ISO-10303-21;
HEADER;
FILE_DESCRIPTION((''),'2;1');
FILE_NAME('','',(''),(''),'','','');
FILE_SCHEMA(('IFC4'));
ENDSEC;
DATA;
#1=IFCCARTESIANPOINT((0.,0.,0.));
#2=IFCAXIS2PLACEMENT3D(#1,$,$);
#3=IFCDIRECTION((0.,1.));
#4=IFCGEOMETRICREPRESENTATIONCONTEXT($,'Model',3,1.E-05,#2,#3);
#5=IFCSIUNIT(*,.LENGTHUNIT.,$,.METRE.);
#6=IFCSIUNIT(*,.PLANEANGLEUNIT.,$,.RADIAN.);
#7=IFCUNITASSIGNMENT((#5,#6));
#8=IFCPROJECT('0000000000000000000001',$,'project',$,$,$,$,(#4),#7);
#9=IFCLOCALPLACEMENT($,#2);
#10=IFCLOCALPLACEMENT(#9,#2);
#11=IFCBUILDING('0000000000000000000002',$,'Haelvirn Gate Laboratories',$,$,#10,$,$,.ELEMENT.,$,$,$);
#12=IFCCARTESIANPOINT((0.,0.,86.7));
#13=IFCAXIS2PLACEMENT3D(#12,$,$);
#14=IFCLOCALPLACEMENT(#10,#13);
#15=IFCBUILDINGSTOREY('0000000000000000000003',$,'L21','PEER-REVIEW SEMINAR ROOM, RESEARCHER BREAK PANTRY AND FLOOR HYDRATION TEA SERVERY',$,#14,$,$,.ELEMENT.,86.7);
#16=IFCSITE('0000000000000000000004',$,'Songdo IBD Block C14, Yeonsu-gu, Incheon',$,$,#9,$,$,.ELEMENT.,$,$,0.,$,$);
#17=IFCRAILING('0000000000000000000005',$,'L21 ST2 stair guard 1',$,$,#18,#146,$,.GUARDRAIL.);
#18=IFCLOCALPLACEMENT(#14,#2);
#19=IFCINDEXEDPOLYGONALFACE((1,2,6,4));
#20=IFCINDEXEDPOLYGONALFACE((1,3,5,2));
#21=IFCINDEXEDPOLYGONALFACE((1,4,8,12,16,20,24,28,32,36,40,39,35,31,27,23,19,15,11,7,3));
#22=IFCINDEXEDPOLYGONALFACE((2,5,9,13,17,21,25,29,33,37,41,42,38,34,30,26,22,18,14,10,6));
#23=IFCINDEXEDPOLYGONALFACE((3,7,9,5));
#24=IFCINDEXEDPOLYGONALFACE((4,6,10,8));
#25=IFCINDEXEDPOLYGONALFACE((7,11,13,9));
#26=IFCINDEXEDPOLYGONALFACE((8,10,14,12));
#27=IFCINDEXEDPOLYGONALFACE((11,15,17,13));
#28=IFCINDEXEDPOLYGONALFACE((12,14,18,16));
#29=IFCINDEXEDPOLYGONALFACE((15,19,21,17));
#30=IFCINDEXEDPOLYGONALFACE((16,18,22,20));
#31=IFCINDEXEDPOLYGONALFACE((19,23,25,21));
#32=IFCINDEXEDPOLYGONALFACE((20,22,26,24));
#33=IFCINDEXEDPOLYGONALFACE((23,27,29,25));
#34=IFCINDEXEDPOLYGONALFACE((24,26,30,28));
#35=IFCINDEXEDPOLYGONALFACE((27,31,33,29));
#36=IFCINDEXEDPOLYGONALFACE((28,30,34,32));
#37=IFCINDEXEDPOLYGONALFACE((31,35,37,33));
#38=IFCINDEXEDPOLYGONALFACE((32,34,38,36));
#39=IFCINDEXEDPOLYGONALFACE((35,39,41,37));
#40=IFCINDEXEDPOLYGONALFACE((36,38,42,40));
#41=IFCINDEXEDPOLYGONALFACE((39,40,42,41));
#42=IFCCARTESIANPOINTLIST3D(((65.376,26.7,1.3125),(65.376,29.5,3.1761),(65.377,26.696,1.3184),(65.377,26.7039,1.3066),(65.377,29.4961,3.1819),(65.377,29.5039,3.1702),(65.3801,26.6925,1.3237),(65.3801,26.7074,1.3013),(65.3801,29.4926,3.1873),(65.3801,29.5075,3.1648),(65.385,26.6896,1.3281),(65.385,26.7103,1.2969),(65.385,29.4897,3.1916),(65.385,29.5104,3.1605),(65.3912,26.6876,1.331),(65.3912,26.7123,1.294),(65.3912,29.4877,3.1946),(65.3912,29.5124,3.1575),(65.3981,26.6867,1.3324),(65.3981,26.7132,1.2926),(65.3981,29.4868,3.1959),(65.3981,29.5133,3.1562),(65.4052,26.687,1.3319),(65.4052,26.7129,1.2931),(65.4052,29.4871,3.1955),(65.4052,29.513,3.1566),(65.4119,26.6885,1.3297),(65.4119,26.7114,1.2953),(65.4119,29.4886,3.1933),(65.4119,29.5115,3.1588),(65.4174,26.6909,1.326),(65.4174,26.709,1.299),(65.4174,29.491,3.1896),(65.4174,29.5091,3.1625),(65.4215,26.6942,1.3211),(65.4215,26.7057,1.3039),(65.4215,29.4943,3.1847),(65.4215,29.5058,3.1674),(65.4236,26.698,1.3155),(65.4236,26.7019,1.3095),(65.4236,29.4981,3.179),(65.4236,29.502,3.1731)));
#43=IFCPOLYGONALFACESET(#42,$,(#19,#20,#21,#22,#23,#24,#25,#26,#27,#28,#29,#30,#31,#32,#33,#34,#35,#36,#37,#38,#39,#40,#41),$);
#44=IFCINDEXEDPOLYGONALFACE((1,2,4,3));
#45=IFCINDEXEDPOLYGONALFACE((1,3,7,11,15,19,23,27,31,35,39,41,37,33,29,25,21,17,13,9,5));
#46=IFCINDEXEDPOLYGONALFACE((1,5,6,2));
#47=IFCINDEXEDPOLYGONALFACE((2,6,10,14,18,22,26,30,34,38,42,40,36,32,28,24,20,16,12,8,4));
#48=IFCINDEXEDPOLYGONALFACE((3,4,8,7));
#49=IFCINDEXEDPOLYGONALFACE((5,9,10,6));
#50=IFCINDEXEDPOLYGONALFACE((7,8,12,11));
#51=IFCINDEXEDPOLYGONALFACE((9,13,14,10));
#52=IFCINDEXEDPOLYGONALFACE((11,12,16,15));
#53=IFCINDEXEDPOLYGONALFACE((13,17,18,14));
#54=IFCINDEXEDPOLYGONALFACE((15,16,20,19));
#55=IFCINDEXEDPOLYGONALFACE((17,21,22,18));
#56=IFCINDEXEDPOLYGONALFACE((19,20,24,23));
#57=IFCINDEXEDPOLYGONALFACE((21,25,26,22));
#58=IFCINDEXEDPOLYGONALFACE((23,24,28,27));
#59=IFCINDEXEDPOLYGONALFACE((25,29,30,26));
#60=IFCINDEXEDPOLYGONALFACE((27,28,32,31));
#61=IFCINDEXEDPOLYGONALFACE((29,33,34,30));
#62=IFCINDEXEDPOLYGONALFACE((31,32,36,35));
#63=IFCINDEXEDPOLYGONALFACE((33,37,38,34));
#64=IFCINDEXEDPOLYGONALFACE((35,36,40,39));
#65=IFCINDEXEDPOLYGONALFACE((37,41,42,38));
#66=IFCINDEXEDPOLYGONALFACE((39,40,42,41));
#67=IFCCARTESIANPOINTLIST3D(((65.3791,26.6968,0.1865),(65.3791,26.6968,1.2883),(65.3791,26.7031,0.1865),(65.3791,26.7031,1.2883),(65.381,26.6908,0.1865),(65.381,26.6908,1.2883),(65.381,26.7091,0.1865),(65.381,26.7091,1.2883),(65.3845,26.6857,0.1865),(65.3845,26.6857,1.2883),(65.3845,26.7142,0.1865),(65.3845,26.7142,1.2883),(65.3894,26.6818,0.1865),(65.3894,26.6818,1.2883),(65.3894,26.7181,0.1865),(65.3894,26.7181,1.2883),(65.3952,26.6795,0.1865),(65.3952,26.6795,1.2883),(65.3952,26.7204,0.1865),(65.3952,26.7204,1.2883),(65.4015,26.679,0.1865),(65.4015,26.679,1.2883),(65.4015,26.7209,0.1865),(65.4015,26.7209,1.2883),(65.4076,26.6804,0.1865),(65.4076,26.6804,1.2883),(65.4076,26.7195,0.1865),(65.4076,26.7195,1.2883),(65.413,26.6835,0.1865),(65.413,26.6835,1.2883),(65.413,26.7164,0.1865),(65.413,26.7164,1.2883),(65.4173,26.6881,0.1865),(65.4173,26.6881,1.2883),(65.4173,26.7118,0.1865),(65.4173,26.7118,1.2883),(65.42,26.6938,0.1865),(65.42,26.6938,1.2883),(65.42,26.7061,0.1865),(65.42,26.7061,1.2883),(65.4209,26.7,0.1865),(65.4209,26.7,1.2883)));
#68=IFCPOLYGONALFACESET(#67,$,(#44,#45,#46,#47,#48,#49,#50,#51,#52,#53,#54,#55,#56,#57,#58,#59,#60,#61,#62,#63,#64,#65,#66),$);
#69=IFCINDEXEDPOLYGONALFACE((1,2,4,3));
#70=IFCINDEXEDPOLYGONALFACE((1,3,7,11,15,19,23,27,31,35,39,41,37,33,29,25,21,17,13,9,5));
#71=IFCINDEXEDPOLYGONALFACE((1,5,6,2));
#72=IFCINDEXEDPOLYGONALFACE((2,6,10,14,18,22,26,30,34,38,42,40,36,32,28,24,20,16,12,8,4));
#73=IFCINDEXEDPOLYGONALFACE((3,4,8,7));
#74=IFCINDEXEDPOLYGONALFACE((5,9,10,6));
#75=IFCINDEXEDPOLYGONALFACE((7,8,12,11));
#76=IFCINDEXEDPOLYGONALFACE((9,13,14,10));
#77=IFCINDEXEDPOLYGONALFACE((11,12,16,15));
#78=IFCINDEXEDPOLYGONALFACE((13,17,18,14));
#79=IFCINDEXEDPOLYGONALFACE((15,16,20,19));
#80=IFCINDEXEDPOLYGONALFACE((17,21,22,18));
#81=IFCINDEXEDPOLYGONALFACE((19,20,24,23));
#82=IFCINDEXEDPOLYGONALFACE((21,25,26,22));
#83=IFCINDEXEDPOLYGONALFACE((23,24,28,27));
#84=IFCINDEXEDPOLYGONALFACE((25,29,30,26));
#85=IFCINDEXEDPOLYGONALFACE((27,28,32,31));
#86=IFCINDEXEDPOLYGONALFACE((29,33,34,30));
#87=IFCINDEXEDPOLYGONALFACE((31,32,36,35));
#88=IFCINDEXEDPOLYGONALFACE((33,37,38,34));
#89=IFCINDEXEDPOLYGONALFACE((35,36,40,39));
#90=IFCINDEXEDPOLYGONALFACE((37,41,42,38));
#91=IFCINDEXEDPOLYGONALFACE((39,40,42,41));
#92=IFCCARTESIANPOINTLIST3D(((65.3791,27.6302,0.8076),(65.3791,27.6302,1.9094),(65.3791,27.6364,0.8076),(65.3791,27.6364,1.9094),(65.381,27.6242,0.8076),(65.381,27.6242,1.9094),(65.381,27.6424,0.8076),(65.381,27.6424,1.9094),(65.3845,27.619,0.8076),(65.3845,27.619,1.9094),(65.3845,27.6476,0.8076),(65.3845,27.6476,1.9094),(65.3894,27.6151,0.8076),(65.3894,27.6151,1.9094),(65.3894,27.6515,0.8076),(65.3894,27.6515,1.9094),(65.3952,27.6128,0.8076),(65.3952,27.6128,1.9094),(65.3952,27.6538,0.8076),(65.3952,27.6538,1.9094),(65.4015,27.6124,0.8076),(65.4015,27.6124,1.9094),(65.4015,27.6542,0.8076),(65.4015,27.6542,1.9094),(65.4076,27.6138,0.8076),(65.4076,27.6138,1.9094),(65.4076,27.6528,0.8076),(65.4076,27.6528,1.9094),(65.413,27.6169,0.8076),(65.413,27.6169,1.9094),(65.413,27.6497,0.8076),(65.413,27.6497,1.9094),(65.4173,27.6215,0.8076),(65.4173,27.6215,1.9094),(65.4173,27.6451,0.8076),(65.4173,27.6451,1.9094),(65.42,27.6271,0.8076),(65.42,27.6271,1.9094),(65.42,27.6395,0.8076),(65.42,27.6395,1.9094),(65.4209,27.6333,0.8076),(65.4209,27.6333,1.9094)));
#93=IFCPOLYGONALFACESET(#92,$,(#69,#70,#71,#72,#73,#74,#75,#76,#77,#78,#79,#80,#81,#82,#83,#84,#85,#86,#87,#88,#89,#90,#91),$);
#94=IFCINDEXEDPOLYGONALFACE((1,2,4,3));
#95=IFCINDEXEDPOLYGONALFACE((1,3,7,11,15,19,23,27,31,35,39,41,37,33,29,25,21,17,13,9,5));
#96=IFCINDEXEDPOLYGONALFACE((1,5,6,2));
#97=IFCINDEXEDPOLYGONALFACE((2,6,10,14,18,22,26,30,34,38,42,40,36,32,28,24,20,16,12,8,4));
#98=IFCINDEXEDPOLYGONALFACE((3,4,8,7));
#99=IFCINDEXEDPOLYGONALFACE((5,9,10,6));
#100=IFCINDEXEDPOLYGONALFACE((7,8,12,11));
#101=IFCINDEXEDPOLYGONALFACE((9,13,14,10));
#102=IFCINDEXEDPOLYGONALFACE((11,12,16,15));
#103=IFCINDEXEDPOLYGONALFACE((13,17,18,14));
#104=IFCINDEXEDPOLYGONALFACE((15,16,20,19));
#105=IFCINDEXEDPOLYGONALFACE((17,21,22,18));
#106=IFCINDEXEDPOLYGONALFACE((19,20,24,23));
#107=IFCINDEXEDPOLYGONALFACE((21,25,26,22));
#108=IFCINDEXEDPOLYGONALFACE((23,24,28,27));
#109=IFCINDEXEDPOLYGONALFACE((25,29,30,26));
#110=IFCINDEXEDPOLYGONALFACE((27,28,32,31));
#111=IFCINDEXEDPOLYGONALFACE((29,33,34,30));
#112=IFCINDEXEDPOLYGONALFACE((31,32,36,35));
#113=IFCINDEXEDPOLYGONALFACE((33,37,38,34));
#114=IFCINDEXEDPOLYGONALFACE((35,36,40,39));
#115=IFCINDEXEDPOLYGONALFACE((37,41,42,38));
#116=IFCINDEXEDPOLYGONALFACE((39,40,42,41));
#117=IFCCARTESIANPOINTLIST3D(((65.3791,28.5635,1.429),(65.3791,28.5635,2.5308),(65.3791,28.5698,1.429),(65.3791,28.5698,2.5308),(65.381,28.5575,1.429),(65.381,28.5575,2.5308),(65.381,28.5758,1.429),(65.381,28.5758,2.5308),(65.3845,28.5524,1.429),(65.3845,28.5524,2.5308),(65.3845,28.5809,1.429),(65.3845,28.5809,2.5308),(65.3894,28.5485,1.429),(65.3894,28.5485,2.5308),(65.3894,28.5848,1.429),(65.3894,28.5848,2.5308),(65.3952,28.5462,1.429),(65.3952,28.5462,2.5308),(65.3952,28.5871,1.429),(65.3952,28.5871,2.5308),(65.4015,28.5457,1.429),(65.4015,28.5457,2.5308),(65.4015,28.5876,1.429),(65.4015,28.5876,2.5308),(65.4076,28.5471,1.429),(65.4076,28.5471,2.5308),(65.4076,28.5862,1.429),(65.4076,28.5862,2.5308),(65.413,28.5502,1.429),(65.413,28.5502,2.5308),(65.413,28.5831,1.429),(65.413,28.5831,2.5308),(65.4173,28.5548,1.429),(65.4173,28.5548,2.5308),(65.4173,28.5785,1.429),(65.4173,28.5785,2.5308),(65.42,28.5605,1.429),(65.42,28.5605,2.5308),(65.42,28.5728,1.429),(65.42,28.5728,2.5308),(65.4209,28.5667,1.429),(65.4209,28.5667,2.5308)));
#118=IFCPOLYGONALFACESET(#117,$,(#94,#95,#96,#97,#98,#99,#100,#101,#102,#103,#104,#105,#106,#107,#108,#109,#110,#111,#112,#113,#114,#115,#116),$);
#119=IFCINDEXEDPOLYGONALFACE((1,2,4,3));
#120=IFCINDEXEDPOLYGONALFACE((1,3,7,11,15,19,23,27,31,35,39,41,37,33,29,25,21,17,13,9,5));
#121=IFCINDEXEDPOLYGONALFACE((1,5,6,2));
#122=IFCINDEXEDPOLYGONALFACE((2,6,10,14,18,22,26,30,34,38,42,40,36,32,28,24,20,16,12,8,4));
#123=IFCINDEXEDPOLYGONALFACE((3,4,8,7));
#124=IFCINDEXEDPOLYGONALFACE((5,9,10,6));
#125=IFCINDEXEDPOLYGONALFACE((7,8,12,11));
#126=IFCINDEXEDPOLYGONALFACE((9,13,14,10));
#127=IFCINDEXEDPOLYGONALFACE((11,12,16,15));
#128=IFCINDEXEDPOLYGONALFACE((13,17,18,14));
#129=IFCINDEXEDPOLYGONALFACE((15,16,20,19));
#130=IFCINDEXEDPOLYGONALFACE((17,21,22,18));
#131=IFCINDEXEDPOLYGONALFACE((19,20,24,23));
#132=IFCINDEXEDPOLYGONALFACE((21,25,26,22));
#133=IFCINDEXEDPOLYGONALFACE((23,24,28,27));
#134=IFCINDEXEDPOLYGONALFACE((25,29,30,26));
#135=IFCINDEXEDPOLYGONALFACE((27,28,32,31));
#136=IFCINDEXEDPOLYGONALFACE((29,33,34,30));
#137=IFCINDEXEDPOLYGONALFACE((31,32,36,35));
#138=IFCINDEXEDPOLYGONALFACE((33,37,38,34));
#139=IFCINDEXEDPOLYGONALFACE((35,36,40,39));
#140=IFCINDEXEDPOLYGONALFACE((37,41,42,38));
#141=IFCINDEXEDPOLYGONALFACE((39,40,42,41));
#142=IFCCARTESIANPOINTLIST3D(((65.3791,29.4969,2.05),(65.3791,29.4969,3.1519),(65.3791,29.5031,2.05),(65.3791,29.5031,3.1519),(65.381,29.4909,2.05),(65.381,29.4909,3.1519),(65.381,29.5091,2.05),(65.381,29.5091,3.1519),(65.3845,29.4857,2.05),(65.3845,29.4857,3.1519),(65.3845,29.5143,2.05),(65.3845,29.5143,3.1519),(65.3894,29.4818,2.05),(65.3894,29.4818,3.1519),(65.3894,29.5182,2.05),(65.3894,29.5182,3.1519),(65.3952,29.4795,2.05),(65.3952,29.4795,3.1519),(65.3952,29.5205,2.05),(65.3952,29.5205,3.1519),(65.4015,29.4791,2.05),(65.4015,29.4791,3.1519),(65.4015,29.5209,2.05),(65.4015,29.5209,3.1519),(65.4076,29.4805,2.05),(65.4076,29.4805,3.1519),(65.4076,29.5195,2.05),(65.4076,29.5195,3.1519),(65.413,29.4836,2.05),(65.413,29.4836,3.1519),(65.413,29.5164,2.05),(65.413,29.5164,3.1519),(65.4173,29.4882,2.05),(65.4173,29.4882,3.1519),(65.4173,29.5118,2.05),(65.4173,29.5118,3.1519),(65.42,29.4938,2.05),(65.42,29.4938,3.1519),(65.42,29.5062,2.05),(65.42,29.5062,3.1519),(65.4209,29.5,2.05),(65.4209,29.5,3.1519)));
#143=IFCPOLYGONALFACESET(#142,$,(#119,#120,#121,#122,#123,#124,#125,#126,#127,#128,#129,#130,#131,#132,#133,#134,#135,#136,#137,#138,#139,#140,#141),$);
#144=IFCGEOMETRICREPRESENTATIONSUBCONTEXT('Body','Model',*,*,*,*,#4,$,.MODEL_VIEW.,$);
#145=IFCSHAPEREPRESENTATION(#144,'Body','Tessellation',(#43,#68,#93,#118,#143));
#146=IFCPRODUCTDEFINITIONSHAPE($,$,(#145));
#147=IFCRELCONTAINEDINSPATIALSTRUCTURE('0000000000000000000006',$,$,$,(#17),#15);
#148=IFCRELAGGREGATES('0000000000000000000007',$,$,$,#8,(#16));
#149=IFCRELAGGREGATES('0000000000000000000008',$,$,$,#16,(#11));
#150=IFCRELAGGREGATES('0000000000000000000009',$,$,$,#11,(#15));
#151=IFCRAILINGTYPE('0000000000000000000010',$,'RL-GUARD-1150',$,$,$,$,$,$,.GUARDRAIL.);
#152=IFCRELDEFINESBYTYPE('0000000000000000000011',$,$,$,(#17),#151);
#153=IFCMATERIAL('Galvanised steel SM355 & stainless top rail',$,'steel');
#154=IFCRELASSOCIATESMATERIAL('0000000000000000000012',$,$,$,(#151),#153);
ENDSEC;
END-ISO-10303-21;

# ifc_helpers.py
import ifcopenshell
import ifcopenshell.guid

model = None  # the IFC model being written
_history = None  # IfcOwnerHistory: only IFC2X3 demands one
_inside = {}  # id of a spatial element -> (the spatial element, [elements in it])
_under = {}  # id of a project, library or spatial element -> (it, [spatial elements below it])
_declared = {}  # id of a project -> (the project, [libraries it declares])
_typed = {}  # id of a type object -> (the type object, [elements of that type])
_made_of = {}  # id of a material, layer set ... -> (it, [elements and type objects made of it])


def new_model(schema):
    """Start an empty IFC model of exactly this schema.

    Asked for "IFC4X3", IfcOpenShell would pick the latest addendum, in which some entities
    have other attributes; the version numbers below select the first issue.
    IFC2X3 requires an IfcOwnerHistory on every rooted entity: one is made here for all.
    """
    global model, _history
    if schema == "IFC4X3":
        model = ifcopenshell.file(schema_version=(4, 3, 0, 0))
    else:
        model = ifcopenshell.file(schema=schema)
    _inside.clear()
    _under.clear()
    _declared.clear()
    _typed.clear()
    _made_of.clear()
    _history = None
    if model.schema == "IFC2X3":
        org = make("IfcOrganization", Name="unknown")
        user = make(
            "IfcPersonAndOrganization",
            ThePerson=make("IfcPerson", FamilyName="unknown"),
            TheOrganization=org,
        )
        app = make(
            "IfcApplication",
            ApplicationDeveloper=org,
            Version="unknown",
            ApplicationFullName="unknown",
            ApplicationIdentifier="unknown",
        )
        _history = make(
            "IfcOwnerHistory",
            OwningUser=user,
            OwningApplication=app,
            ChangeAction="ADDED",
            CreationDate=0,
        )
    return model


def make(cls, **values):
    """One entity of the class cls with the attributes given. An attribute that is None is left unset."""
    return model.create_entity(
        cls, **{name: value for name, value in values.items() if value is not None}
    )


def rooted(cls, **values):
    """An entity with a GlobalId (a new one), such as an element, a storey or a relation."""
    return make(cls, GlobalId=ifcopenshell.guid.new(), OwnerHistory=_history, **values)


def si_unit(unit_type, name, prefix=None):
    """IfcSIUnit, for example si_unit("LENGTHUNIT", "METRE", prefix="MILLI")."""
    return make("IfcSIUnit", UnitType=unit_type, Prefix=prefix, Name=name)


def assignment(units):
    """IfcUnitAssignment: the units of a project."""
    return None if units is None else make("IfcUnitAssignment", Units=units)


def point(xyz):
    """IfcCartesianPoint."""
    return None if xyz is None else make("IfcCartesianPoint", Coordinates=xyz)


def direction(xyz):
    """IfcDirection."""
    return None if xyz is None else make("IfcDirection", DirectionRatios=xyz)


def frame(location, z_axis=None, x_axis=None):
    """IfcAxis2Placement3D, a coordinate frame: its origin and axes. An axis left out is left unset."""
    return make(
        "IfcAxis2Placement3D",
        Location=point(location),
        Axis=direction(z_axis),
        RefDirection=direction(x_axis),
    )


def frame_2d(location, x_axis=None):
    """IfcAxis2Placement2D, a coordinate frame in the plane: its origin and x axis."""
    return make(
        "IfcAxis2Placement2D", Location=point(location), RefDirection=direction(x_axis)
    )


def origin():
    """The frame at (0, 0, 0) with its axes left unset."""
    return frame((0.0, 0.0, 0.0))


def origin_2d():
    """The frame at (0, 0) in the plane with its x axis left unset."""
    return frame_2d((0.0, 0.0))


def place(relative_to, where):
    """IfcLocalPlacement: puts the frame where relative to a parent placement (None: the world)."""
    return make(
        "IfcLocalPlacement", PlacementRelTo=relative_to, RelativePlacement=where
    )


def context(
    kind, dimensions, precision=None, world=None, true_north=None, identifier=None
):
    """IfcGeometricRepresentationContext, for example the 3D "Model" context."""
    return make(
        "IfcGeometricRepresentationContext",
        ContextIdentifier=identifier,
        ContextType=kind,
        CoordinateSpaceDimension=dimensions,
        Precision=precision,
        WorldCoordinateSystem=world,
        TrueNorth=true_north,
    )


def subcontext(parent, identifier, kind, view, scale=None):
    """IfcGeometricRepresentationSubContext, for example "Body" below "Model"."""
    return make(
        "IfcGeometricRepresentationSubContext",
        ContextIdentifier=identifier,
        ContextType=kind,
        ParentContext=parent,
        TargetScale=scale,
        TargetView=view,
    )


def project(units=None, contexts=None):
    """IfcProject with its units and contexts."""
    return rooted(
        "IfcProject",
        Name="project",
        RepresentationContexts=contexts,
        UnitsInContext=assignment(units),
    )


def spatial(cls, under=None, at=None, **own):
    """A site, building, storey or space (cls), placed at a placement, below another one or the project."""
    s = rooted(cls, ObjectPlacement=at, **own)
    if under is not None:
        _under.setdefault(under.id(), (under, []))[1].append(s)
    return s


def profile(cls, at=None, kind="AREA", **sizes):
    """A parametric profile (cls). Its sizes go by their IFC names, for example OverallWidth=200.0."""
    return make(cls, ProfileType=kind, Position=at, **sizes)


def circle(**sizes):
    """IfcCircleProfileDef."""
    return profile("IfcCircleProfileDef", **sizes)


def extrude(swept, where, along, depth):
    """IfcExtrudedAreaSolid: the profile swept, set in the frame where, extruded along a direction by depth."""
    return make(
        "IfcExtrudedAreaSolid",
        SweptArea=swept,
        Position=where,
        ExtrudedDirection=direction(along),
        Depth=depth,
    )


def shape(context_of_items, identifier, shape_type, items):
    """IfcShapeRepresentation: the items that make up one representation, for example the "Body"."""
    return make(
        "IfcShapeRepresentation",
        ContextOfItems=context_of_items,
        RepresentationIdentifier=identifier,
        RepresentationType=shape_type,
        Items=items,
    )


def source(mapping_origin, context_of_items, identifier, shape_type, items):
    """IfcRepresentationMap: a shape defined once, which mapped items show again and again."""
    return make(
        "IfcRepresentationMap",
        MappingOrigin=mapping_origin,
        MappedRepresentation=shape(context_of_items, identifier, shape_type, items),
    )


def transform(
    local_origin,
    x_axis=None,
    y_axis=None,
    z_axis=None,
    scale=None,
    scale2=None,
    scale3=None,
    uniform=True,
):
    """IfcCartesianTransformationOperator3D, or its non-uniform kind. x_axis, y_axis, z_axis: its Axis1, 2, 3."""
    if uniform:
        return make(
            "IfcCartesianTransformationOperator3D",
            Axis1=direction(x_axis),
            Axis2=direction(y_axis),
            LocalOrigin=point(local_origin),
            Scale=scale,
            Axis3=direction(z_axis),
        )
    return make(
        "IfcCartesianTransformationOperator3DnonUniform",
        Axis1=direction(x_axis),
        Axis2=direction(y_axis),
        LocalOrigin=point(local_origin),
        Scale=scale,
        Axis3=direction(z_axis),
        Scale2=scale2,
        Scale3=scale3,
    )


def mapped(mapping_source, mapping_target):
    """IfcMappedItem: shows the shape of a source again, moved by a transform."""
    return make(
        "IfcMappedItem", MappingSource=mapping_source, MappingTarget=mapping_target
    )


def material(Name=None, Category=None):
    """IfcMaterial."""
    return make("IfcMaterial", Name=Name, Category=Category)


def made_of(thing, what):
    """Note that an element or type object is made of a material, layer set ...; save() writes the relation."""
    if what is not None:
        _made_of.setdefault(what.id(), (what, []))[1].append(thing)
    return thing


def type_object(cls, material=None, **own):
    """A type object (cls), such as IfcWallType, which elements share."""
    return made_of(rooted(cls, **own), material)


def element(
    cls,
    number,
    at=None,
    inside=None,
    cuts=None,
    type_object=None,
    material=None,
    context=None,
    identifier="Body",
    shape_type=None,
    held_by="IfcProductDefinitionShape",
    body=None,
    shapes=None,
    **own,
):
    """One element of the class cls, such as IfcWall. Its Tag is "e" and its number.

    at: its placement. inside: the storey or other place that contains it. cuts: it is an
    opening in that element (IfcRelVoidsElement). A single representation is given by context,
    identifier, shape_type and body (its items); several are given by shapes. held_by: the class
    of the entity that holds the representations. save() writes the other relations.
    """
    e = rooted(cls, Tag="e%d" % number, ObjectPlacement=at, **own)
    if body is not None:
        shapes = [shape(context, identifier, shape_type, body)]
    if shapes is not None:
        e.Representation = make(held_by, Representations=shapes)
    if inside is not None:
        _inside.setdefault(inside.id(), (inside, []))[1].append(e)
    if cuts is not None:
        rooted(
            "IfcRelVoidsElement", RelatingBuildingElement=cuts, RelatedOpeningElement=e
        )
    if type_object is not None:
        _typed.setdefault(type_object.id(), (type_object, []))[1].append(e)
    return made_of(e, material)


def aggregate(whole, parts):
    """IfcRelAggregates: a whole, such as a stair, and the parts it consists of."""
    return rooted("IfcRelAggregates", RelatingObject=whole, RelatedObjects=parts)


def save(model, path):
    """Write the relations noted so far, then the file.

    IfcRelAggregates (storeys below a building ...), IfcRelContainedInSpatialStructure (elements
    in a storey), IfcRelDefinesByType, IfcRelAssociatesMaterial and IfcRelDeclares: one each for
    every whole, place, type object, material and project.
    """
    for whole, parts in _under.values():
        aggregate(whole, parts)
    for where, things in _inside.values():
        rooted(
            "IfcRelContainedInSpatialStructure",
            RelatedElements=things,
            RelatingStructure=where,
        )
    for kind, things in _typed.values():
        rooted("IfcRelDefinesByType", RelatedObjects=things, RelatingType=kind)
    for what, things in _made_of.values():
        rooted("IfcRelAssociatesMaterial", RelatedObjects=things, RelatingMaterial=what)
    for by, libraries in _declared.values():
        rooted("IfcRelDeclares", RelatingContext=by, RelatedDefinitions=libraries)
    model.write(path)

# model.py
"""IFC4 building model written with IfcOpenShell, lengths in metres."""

from ifc_helpers import new_model, si_unit, direction, frame, origin, origin_2d, place, context, subcontext, project, spatial, circle, extrude, source, transform, mapped, material, type_object, element, save


model = new_model("IFC4")

# Units and contexts
model_context = context("Model", 3, precision=1e-05, world=origin(), true_north=direction((0.0, 1.0)))
body_context = subcontext(model_context, "Body", "Model", "MODEL_VIEW")
ifc_project = project(units=[si_unit("LENGTHUNIT", "METRE"), si_unit("PLANEANGLEUNIT", "RADIAN")], contexts=[model_context])

# Site, building, storey
site_placement = place(None, origin())
site = spatial("IfcSite", under=ifc_project, at=site_placement, Name="Songdo IBD Block C14, Yeonsu-gu, Incheon", CompositionType="ELEMENT", RefElevation=0.0)
building_placement = place(site_placement, origin())
building = spatial("IfcBuilding", under=site, at=building_placement, Name="Haelvirn Gate Laboratories", CompositionType="ELEMENT")
storey_placement = place(building_placement, frame((0.0, 0.0, 86.7)))
storey = spatial("IfcBuildingStorey", under=building, at=storey_placement, Name="L21", Description="PEER-REVIEW SEMINAR ROOM, RESEARCHER BREAK PANTRY AND FLOOR HYDRATION TEA SERVERY", CompositionType="ELEMENT", Elevation=86.7)

# Railing
ifc_material_1 = material(Name="Galvanised steel SM355 & stainless top rail", Category="steel")
railing_type_1 = type_object("IfcRailingType", Name="RL-GUARD-1150", PredefinedType="GUARDRAIL", material=ifc_material_1)
shared_shape_1 = source(origin(), body_context, "Body", "SweptSolid", [
    extrude(circle(Radius=0.0239, at=origin_2d()), frame((0.0, 0.0, 1.126), z_axis=(0.0, 0.832486, 0.554047), x_axis=(-1.0, 0.0, 0.0)), (0.0, 0.0, 1.0), 3.3635),
    extrude(circle(Radius=0.021, at=origin_2d()), origin(), (0.0, 0.0, 1.0), 1.1018),
    extrude(circle(Radius=0.021, at=origin_2d()), frame((0.0, 0.9333, 0.6211)), (0.0, 0.0, 1.0), 1.1018),
    extrude(circle(Radius=0.021, at=origin_2d()), frame((0.0, 1.8667, 1.2424)), (0.0, 0.0, 1.0), 1.1018),
    extrude(circle(Radius=0.021, at=origin_2d()), frame((0.0, 2.8, 1.8635)), (0.0, 0.0, 1.0), 1.1018),
])
railing_1_placement = place(storey_placement, frame((65.3999, 26.7, 0.1865)))
element("IfcRailing", 1, at=railing_1_placement, inside=storey, type_object=railing_type_1, Name="L21 ST2 stair guard 1", PredefinedType="GUARDRAIL", context=body_context, shape_type="MappedRepresentation", body=[
    mapped(shared_shape_1, transform((0.0, 0.0, 0.0), scale=1.0)),
])

save(model, "model.ifc")
